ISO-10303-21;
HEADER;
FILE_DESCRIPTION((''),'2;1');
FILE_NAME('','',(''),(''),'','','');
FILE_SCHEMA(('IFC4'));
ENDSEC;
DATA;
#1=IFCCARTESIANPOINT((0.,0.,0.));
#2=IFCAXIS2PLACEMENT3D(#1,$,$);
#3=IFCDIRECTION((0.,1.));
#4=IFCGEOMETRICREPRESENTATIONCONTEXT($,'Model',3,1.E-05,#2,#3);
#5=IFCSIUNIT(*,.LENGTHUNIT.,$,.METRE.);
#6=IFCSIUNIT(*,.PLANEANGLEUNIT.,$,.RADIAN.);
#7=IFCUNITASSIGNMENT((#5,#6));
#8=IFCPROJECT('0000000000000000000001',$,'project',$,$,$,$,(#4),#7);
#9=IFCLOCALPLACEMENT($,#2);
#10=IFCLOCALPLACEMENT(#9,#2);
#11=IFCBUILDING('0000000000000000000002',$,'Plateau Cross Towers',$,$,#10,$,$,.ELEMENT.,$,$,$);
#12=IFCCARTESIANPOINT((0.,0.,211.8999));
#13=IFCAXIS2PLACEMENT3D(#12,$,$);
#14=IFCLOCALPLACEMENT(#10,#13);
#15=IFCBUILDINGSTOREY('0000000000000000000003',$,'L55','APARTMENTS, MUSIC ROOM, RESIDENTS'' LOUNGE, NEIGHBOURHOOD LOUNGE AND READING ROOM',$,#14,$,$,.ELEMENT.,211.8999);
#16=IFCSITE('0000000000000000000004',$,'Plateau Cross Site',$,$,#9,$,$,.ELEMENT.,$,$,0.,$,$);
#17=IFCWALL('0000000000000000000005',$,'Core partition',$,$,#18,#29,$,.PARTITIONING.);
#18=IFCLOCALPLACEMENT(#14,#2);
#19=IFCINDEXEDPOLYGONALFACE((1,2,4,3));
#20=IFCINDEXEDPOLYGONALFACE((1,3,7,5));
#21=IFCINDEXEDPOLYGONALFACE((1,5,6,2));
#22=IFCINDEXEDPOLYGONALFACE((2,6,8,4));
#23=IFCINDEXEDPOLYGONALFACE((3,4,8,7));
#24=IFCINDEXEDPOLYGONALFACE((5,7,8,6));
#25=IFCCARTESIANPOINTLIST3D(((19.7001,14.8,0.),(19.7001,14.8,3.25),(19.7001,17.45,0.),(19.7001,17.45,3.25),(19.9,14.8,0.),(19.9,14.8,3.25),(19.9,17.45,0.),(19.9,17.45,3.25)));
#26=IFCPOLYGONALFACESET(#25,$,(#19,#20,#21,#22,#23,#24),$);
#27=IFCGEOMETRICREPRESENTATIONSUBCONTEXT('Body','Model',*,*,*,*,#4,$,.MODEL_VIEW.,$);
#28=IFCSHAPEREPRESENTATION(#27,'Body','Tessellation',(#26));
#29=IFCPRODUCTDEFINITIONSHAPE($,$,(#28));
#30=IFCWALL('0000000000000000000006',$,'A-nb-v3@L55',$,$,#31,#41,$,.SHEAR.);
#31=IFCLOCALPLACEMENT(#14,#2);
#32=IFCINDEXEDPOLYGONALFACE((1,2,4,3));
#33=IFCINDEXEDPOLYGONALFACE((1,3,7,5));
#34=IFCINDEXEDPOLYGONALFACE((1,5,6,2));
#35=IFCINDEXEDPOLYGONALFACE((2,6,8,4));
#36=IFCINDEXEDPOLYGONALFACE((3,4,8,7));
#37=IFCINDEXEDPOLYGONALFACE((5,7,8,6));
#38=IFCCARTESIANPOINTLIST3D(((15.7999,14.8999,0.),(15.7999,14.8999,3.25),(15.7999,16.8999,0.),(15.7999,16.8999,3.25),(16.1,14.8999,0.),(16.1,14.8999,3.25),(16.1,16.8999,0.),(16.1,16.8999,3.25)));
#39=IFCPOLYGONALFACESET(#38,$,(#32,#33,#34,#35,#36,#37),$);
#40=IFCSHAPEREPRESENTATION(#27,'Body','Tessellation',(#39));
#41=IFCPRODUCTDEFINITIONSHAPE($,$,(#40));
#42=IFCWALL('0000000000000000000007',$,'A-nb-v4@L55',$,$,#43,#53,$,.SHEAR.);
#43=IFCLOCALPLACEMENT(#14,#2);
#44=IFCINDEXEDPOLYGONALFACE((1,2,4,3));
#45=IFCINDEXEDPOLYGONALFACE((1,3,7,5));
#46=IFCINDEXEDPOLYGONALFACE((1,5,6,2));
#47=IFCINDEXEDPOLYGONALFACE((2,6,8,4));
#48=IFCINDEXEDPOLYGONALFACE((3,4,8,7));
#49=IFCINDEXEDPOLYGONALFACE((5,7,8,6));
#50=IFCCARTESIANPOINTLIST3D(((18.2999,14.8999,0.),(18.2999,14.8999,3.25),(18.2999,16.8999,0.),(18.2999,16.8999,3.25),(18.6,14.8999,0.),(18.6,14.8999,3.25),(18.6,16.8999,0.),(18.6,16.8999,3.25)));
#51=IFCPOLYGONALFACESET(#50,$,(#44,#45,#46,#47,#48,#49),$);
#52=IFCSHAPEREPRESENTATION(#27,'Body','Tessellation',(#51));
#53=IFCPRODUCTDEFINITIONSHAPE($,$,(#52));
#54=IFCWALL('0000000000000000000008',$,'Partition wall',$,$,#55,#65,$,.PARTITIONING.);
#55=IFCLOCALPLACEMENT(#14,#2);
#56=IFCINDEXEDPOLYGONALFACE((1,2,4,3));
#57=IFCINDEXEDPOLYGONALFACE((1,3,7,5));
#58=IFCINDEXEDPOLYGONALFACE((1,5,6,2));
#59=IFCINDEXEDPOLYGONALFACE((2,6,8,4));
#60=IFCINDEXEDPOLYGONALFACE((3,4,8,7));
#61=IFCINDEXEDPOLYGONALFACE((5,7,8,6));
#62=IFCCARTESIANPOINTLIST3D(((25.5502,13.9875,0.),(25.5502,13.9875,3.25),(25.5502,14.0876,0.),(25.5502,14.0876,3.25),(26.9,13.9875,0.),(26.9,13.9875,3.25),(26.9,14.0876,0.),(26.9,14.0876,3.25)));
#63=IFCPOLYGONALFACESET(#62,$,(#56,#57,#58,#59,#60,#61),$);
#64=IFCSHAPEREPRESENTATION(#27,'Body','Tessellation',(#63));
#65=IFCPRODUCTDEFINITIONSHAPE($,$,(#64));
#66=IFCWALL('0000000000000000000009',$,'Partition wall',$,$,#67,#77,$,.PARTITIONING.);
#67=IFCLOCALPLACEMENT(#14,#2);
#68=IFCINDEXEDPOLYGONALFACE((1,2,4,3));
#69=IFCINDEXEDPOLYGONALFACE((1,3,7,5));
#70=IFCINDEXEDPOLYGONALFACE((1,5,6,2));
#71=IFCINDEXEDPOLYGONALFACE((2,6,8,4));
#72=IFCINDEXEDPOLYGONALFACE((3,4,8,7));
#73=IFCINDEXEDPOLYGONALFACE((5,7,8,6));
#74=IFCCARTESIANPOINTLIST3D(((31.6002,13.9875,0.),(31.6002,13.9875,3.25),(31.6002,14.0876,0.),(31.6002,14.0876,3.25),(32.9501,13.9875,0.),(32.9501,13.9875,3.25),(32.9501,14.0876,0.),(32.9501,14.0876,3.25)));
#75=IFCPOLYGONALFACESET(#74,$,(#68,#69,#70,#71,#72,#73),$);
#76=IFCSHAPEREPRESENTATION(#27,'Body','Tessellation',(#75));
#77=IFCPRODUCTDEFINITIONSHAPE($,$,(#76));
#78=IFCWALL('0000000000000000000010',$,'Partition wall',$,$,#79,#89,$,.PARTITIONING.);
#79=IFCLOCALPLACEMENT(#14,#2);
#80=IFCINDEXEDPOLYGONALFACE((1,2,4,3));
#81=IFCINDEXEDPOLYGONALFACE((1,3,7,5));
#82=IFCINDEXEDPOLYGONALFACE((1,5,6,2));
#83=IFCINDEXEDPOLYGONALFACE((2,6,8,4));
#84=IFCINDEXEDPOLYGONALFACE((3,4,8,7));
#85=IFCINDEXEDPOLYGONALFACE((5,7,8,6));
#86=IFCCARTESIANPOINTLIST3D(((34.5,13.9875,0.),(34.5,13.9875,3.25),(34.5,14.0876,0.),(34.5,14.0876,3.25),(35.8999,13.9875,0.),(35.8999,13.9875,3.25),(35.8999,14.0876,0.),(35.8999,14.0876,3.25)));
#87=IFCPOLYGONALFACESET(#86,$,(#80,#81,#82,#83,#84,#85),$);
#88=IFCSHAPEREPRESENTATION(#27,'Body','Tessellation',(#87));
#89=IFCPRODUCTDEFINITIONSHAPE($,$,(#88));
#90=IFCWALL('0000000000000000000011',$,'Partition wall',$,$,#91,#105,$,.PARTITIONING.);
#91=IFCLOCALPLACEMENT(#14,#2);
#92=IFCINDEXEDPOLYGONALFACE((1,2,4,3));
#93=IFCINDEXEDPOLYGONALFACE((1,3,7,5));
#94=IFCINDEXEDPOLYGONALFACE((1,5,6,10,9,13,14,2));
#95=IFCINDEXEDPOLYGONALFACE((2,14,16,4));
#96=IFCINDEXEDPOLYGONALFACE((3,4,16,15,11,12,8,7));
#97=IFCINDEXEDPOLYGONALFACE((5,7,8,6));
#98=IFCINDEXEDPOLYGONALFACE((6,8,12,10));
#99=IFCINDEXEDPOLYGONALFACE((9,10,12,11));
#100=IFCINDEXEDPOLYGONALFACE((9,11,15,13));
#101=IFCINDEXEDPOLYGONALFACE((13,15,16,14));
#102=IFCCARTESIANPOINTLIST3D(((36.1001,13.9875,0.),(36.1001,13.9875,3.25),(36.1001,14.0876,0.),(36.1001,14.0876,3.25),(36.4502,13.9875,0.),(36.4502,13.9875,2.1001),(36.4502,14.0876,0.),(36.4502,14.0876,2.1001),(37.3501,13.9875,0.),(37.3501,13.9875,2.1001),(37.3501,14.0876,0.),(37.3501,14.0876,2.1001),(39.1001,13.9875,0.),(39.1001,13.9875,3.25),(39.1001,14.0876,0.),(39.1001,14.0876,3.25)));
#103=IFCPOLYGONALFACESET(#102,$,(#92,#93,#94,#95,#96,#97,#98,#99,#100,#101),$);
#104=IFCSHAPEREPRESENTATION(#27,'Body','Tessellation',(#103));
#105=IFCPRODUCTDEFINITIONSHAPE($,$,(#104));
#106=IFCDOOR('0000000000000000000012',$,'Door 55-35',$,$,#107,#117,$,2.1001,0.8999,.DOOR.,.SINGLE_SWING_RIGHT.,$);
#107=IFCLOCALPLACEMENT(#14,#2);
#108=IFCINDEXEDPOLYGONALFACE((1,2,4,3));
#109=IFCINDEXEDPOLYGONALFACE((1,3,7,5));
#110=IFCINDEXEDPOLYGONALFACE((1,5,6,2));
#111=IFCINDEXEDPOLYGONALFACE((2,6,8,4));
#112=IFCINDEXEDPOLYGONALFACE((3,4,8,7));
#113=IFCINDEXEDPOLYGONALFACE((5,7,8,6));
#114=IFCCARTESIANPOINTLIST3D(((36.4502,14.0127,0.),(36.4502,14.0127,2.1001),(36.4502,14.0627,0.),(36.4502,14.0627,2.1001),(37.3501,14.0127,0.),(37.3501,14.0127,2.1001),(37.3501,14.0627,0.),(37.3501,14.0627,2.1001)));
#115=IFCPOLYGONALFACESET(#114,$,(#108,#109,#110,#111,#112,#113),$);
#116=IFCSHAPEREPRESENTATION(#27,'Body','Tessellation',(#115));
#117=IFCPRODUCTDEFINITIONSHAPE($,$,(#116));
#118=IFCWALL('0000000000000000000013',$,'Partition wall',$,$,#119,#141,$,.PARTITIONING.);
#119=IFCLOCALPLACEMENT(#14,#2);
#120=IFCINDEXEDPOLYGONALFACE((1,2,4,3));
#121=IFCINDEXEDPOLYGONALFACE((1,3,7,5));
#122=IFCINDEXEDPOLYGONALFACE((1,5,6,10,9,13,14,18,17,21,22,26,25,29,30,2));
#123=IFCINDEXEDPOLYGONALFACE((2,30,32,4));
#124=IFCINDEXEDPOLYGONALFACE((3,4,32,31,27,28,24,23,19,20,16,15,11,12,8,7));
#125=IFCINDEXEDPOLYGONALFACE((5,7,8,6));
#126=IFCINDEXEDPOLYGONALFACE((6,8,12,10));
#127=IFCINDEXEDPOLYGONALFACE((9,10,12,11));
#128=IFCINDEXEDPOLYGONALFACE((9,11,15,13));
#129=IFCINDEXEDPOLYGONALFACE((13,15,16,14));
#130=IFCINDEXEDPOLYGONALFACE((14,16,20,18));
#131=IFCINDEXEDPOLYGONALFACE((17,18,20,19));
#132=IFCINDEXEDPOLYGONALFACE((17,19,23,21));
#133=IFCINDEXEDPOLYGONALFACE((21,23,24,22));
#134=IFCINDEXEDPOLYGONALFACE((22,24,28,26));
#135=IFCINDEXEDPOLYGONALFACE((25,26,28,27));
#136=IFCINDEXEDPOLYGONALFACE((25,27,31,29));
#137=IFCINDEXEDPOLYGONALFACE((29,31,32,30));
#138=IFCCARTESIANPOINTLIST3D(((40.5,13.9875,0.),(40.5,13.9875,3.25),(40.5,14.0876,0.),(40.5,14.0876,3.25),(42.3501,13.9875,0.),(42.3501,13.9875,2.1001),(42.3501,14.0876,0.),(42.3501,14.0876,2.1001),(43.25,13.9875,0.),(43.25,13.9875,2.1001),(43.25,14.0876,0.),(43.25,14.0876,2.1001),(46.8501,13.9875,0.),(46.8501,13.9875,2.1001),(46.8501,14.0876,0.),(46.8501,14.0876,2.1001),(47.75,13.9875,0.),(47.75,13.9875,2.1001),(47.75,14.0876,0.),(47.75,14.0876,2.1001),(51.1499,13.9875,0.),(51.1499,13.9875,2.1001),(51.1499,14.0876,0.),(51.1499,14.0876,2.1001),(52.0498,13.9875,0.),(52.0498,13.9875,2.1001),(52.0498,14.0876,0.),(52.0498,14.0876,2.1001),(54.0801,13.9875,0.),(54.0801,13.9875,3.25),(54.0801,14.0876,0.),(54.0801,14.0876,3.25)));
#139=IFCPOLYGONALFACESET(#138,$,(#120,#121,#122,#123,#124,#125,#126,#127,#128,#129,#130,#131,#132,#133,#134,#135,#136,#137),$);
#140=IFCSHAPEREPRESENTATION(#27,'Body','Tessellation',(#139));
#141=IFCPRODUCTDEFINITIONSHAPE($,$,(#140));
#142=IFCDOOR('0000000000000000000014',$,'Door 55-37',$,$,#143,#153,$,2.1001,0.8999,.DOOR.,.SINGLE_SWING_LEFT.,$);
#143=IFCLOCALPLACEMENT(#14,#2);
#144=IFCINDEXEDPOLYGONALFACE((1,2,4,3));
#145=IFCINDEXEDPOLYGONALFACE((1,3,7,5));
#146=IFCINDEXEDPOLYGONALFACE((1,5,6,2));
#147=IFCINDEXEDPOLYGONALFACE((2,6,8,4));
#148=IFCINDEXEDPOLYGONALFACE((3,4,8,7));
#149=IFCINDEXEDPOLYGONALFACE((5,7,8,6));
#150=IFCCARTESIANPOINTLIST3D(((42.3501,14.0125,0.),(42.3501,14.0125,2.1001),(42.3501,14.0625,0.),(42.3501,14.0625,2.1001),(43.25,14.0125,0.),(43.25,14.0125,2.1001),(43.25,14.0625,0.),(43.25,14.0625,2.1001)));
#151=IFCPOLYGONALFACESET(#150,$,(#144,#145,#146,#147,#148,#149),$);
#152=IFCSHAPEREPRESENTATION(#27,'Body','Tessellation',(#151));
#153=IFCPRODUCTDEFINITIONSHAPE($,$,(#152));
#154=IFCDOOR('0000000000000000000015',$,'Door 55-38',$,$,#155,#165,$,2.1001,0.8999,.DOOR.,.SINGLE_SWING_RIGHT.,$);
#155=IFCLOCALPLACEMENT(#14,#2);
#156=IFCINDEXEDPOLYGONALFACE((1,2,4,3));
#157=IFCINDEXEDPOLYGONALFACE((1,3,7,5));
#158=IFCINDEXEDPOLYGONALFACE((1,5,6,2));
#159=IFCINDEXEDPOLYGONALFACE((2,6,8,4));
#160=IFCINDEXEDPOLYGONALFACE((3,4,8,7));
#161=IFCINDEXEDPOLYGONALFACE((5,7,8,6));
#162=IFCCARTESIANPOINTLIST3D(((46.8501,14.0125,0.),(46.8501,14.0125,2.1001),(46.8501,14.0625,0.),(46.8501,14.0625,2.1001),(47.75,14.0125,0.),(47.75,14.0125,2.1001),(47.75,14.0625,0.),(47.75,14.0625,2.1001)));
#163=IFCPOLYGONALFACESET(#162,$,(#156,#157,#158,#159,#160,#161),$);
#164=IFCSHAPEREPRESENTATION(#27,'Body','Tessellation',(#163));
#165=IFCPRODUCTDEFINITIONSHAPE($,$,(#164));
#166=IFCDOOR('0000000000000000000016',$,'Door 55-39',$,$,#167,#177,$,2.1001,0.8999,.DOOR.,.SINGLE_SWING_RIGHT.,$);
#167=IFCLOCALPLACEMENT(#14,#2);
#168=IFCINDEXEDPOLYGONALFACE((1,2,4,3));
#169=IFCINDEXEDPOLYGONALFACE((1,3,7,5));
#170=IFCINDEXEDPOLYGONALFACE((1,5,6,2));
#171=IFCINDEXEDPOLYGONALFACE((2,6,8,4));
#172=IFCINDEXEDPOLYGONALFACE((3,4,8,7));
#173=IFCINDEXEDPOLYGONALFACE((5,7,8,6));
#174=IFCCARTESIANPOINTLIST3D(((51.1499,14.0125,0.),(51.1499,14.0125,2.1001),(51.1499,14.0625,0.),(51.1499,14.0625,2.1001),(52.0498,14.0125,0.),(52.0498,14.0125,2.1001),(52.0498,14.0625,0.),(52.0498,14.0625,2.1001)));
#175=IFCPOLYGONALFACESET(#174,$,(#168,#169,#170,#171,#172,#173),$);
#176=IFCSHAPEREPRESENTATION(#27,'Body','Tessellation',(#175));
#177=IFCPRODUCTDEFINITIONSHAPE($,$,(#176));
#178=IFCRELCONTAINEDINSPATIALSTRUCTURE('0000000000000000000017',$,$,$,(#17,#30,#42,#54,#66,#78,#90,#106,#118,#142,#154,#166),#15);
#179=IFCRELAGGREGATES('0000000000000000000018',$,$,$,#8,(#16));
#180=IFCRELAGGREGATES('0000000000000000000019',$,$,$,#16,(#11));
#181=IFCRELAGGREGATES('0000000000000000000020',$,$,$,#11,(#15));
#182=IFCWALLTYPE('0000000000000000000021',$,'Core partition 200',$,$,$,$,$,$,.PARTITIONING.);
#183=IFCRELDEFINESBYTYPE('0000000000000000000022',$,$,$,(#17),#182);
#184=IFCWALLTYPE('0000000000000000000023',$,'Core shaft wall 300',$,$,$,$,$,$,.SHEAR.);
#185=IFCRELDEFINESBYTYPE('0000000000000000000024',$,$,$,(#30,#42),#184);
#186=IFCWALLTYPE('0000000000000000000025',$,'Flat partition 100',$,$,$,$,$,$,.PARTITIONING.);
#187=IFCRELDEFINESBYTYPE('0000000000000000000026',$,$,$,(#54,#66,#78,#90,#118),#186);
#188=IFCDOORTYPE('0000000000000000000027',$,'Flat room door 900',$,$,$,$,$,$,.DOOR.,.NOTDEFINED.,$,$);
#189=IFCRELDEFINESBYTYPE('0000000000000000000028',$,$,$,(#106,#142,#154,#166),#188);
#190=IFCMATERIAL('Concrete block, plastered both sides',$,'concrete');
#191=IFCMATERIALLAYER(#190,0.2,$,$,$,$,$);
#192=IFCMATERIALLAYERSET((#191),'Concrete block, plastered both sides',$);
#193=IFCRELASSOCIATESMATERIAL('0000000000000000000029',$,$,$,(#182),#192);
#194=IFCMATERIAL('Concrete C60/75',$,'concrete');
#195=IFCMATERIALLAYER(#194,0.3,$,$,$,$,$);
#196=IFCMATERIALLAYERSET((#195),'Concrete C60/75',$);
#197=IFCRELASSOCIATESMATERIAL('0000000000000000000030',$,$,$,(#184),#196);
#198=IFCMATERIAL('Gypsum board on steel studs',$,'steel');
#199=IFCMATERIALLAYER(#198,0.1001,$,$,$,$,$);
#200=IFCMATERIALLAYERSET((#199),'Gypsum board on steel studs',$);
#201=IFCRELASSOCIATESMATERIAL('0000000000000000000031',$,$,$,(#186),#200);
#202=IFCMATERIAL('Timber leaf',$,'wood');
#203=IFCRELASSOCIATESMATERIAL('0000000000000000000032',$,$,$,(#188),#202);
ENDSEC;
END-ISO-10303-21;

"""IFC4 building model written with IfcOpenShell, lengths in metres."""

from ifc_helpers import new_model, si_unit, direction, frame, frame_2d, origin, place, context, subcontext, project, spatial, rectangle, extrude, material, layer, layer_set, type_object, element, fill, save


model = new_model("IFC4")

# Units and contexts
model_context = context("Model", 3, precision=1e-05, world=origin(), true_north=direction((0.0, 1.0)))
body_context = subcontext(model_context, "Body", "Model", "MODEL_VIEW")
ifc_project = project(units=[si_unit("LENGTHUNIT", "METRE"), si_unit("PLANEANGLEUNIT", "RADIAN")], contexts=[model_context])

# Site, building, storey
site_placement = place(None, origin())
site = spatial("IfcSite", under=ifc_project, at=site_placement, Name="Plateau Cross Site", CompositionType="ELEMENT", RefElevation=0.0)
building_placement = place(site_placement, origin())
building = spatial("IfcBuilding", under=site, at=building_placement, Name="Plateau Cross Towers", CompositionType="ELEMENT")
storey_placement = place(building_placement, frame((0.0, 0.0, 211.8999)))
storey = spatial("IfcBuildingStorey", under=building, at=storey_placement, Name="L55", Description="APARTMENTS, MUSIC ROOM, RESIDENTS' LOUNGE, NEIGHBOURHOOD LOUNGE AND READING ROOM", CompositionType="ELEMENT", Elevation=211.8999)

# Shared definitions
ifc_material_1 = material(Name="Concrete C60/75", Category="concrete")

# Shared definitions
ifc_material_2 = material(Name="Concrete block, plastered both sides", Category="concrete")
ifc_layer_1 = layer(ifc_material_2, 0.2)
ifc_layer_set_1 = layer_set([ifc_layer_1], Name="Concrete block, plastered both sides")
wall_type_1 = type_object("IfcWallType", Name="Core partition 200", PredefinedType="PARTITIONING", material=ifc_layer_set_1)

# Walls
wall_1_placement = place(storey_placement, frame((19.8, 14.8, 0.0), z_axis=(0.0, 0.0, 1.0), x_axis=(0.0, 1.0, 0.0)))
element("IfcWall", 1, at=wall_1_placement, inside=storey, type_object=wall_type_1, Name="Core partition", PredefinedType="PARTITIONING", context=body_context, shape_type="SweptSolid", body=[
    extrude(rectangle(XDim=2.6499, YDim=0.2, at=frame_2d((1.325, 0.0))), origin(), (0.0, 0.0, 1.0), 3.25),
])
ifc_layer_2 = layer(ifc_material_1, 0.3)
ifc_layer_set_2 = layer_set([ifc_layer_2], Name="Concrete C60/75")
wall_type_2 = type_object("IfcWallType", Name="Core shaft wall 300", PredefinedType="SHEAR", material=ifc_layer_set_2)
for number, where, z_axis, x_axis, name in (
    (2, (15.95, 14.8999, 0.0), (0.0, 0.0, 1.0), (0.0, 1.0, 0.0), "A-nb-v3@L55"),
    (3, (18.45, 14.8999, 0.0), (0.0, 0.0, 1.0), (0.0, 1.0, 0.0), "A-nb-v4@L55"),
):
    element("IfcWall", number, at=place(storey_placement, frame(where, z_axis=z_axis, x_axis=x_axis)), inside=storey, type_object=wall_type_2, Name=name, PredefinedType="SHEAR", context=body_context, shape_type="SweptSolid", body=[
        extrude(rectangle(XDim=2.0, YDim=0.3, at=frame_2d((1.0, 0.0))), origin(), (0.0, 0.0, 1.0), 3.25),
    ])
ifc_material_3 = material(Name="Gypsum board on steel studs", Category="steel")
ifc_layer_3 = layer(ifc_material_3, 0.1001)
ifc_layer_set_3 = layer_set([ifc_layer_3], Name="Gypsum board on steel studs")
wall_type_3 = type_object("IfcWallType", Name="Flat partition 100", PredefinedType="PARTITIONING", material=ifc_layer_set_3)
for number, where, z_axis, x_axis, name in (
    (4, (26.8999, 14.0376, 0.0), (0.0, 0.0, 1.0), (-1.0, 0.0, 0.0), "Partition wall"),
    (5, (32.95, 14.0376, 0.0), (0.0, 0.0, 1.0), (-1.0, 0.0, 0.0), "Partition wall"),
):
    element("IfcWall", number, at=place(storey_placement, frame(where, z_axis=z_axis, x_axis=x_axis)), inside=storey, type_object=wall_type_3, Name=name, PredefinedType="PARTITIONING", context=body_context, shape_type="SweptSolid", body=[
        extrude(rectangle(XDim=1.3499, YDim=0.1001, at=frame_2d((0.6748, 0.0))), origin(), (0.0, 0.0, 1.0), 3.25),
    ])
wall_2_placement = place(storey_placement, frame((35.8999, 14.0376, 0.0), z_axis=(0.0, 0.0, 1.0), x_axis=(-1.0, 0.0, 0.0)))
element("IfcWall", 6, at=wall_2_placement, inside=storey, type_object=wall_type_3, Name="Partition wall", PredefinedType="PARTITIONING", context=body_context, shape_type="SweptSolid", body=[
    extrude(rectangle(XDim=1.3999, YDim=0.1001, at=frame_2d((0.7, 0.0))), origin(), (0.0, 0.0, 1.0), 3.25),
])

# Wall, opening, door
wall_3_placement = place(storey_placement, frame((39.1001, 14.0376, 0.0), z_axis=(0.0, 0.0, 1.0), x_axis=(-1.0, 0.0, 0.0)))
wall_3 = element("IfcWall", 7, at=wall_3_placement, inside=storey, type_object=wall_type_3, Name="Partition wall", PredefinedType="PARTITIONING", context=body_context, shape_type="SweptSolid", body=[
    extrude(rectangle(XDim=3.0, YDim=0.1001, at=frame_2d((1.5, 0.0))), origin(), (0.0, 0.0, 1.0), 3.25),
])
opening_1_placement = place(wall_3_placement, frame((1.75, 0.0, 0.0)))
opening_1 = element("IfcOpeningElement", 8, at=opening_1_placement, cuts=wall_3, PredefinedType="OPENING", context=body_context, shape_type="SweptSolid", body=[
    extrude(rectangle(XDim=0.8999, YDim=2.1001, at=frame_2d((0.45, 1.05))), frame((0.0, 0.0601, 0.0), z_axis=(0.0, -1.0, 0.0), x_axis=(1.0, 0.0, 0.0)), (0.0, 0.0, 1.0), 0.1201),
])
ifc_material_4 = material(Name="Timber leaf", Category="wood")
door_type_1 = type_object("IfcDoorType", Name="Flat room door 900", OperationType="NOTDEFINED", PredefinedType="DOOR", material=ifc_material_4)
door_1_placement = place(opening_1_placement, origin())
door_1 = element("IfcDoor", 9, at=door_1_placement, inside=storey, type_object=door_type_1, Name="Door 55-35", OperationType="SINGLE_SWING_RIGHT", OverallHeight=2.1001, OverallWidth=0.8999, PredefinedType="DOOR", context=body_context, shape_type="SweptSolid", body=[
    extrude(rectangle(XDim=0.8999, YDim=2.1001, at=frame_2d((0.45, 1.05))), frame((0.0, 0.0249, 0.0), z_axis=(0.0, -1.0, 0.0), x_axis=(1.0, 0.0, 0.0)), (0.0, 0.0, 1.0), 0.05),
])
fill(opening_1, door_1)

# Wall, openings, doors
wall_4_placement = place(storey_placement, frame((40.5, 14.0376, 0.0), z_axis=(0.0, 0.0, 1.0), x_axis=(1.0, 0.0, 0.0)))
wall_4 = element("IfcWall", 10, at=wall_4_placement, inside=storey, type_object=wall_type_3, Name="Partition wall", PredefinedType="PARTITIONING", context=body_context, shape_type="SweptSolid", body=[
    extrude(rectangle(XDim=13.5801, YDim=0.1001, at=frame_2d((6.79, 0.0))), origin(), (0.0, 0.0, 1.0), 3.25),
])
opening_2_placement = place(wall_4_placement, frame((1.8501, 0.0, 0.0)))
opening_2 = element("IfcOpeningElement", 11, at=opening_2_placement, cuts=wall_4, PredefinedType="OPENING", context=body_context, shape_type="SweptSolid", body=[
    extrude(rectangle(XDim=0.8999, YDim=2.1001, at=frame_2d((0.45, 1.05))), frame((0.0, 0.0601, 0.0), z_axis=(0.0, -1.0, 0.0), x_axis=(1.0, 0.0, 0.0)), (0.0, 0.0, 1.0), 0.1201),
])
opening_3_placement = place(wall_4_placement, frame((6.3501, 0.0, 0.0)))
opening_3 = element("IfcOpeningElement", 12, at=opening_3_placement, cuts=wall_4, PredefinedType="OPENING", context=body_context, shape_type="SweptSolid", body=[
    extrude(rectangle(XDim=0.8999, YDim=2.1001, at=frame_2d((0.45, 1.05))), frame((0.0, 0.0601, 0.0), z_axis=(0.0, -1.0, 0.0), x_axis=(1.0, 0.0, 0.0)), (0.0, 0.0, 1.0), 0.1201),
])
opening_4_placement = place(wall_4_placement, frame((10.6499, 0.0, 0.0)))
opening_4 = element("IfcOpeningElement", 13, at=opening_4_placement, cuts=wall_4, PredefinedType="OPENING", context=body_context, shape_type="SweptSolid", body=[
    extrude(rectangle(XDim=0.8999, YDim=2.1001, at=frame_2d((0.45, 1.05))), frame((0.0, 0.0601, 0.0), z_axis=(0.0, -1.0, 0.0), x_axis=(1.0, 0.0, 0.0)), (0.0, 0.0, 1.0), 0.1201),
])
door_2_placement = place(opening_2_placement, origin())
door_2 = element("IfcDoor", 14, at=door_2_placement, inside=storey, type_object=door_type_1, Name="Door 55-37", OperationType="SINGLE_SWING_LEFT", OverallHeight=2.1001, OverallWidth=0.8999, PredefinedType="DOOR", context=body_context, shape_type="SweptSolid", body=[
    extrude(rectangle(XDim=0.8999, YDim=2.1001, at=frame_2d((0.45, 1.05))), frame((0.0, 0.0249, 0.0), z_axis=(0.0, -1.0, 0.0), x_axis=(1.0, 0.0, 0.0)), (0.0, 0.0, 1.0), 0.05),
])
fill(opening_2, door_2)
door_3_placement = place(opening_3_placement, origin())
door_3 = element("IfcDoor", 15, at=door_3_placement, inside=storey, type_object=door_type_1, Name="Door 55-38", OperationType="SINGLE_SWING_RIGHT", OverallHeight=2.1001, OverallWidth=0.8999, PredefinedType="DOOR", context=body_context, shape_type="SweptSolid", body=[
    extrude(rectangle(XDim=0.8999, YDim=2.1001, at=frame_2d((0.45, 1.05))), frame((0.0, 0.0249, 0.0), z_axis=(0.0, -1.0, 0.0), x_axis=(1.0, 0.0, 0.0)), (0.0, 0.0, 1.0), 0.05),
])
fill(opening_3, door_3)
door_4_placement = place(opening_4_placement, origin())
door_4 = element("IfcDoor", 16, at=door_4_placement, inside=storey, type_object=door_type_1, Name="Door 55-39", OperationType="SINGLE_SWING_RIGHT", OverallHeight=2.1001, OverallWidth=0.8999, PredefinedType="DOOR", context=body_context, shape_type="SweptSolid", body=[
    extrude(rectangle(XDim=0.8999, YDim=2.1001, at=frame_2d((0.45, 1.05))), frame((0.0, 0.0249, 0.0), z_axis=(0.0, -1.0, 0.0), x_axis=(1.0, 0.0, 0.0)), (0.0, 0.0, 1.0), 0.05),
])
fill(opening_4, door_4)

save(model, "model.ifc")
